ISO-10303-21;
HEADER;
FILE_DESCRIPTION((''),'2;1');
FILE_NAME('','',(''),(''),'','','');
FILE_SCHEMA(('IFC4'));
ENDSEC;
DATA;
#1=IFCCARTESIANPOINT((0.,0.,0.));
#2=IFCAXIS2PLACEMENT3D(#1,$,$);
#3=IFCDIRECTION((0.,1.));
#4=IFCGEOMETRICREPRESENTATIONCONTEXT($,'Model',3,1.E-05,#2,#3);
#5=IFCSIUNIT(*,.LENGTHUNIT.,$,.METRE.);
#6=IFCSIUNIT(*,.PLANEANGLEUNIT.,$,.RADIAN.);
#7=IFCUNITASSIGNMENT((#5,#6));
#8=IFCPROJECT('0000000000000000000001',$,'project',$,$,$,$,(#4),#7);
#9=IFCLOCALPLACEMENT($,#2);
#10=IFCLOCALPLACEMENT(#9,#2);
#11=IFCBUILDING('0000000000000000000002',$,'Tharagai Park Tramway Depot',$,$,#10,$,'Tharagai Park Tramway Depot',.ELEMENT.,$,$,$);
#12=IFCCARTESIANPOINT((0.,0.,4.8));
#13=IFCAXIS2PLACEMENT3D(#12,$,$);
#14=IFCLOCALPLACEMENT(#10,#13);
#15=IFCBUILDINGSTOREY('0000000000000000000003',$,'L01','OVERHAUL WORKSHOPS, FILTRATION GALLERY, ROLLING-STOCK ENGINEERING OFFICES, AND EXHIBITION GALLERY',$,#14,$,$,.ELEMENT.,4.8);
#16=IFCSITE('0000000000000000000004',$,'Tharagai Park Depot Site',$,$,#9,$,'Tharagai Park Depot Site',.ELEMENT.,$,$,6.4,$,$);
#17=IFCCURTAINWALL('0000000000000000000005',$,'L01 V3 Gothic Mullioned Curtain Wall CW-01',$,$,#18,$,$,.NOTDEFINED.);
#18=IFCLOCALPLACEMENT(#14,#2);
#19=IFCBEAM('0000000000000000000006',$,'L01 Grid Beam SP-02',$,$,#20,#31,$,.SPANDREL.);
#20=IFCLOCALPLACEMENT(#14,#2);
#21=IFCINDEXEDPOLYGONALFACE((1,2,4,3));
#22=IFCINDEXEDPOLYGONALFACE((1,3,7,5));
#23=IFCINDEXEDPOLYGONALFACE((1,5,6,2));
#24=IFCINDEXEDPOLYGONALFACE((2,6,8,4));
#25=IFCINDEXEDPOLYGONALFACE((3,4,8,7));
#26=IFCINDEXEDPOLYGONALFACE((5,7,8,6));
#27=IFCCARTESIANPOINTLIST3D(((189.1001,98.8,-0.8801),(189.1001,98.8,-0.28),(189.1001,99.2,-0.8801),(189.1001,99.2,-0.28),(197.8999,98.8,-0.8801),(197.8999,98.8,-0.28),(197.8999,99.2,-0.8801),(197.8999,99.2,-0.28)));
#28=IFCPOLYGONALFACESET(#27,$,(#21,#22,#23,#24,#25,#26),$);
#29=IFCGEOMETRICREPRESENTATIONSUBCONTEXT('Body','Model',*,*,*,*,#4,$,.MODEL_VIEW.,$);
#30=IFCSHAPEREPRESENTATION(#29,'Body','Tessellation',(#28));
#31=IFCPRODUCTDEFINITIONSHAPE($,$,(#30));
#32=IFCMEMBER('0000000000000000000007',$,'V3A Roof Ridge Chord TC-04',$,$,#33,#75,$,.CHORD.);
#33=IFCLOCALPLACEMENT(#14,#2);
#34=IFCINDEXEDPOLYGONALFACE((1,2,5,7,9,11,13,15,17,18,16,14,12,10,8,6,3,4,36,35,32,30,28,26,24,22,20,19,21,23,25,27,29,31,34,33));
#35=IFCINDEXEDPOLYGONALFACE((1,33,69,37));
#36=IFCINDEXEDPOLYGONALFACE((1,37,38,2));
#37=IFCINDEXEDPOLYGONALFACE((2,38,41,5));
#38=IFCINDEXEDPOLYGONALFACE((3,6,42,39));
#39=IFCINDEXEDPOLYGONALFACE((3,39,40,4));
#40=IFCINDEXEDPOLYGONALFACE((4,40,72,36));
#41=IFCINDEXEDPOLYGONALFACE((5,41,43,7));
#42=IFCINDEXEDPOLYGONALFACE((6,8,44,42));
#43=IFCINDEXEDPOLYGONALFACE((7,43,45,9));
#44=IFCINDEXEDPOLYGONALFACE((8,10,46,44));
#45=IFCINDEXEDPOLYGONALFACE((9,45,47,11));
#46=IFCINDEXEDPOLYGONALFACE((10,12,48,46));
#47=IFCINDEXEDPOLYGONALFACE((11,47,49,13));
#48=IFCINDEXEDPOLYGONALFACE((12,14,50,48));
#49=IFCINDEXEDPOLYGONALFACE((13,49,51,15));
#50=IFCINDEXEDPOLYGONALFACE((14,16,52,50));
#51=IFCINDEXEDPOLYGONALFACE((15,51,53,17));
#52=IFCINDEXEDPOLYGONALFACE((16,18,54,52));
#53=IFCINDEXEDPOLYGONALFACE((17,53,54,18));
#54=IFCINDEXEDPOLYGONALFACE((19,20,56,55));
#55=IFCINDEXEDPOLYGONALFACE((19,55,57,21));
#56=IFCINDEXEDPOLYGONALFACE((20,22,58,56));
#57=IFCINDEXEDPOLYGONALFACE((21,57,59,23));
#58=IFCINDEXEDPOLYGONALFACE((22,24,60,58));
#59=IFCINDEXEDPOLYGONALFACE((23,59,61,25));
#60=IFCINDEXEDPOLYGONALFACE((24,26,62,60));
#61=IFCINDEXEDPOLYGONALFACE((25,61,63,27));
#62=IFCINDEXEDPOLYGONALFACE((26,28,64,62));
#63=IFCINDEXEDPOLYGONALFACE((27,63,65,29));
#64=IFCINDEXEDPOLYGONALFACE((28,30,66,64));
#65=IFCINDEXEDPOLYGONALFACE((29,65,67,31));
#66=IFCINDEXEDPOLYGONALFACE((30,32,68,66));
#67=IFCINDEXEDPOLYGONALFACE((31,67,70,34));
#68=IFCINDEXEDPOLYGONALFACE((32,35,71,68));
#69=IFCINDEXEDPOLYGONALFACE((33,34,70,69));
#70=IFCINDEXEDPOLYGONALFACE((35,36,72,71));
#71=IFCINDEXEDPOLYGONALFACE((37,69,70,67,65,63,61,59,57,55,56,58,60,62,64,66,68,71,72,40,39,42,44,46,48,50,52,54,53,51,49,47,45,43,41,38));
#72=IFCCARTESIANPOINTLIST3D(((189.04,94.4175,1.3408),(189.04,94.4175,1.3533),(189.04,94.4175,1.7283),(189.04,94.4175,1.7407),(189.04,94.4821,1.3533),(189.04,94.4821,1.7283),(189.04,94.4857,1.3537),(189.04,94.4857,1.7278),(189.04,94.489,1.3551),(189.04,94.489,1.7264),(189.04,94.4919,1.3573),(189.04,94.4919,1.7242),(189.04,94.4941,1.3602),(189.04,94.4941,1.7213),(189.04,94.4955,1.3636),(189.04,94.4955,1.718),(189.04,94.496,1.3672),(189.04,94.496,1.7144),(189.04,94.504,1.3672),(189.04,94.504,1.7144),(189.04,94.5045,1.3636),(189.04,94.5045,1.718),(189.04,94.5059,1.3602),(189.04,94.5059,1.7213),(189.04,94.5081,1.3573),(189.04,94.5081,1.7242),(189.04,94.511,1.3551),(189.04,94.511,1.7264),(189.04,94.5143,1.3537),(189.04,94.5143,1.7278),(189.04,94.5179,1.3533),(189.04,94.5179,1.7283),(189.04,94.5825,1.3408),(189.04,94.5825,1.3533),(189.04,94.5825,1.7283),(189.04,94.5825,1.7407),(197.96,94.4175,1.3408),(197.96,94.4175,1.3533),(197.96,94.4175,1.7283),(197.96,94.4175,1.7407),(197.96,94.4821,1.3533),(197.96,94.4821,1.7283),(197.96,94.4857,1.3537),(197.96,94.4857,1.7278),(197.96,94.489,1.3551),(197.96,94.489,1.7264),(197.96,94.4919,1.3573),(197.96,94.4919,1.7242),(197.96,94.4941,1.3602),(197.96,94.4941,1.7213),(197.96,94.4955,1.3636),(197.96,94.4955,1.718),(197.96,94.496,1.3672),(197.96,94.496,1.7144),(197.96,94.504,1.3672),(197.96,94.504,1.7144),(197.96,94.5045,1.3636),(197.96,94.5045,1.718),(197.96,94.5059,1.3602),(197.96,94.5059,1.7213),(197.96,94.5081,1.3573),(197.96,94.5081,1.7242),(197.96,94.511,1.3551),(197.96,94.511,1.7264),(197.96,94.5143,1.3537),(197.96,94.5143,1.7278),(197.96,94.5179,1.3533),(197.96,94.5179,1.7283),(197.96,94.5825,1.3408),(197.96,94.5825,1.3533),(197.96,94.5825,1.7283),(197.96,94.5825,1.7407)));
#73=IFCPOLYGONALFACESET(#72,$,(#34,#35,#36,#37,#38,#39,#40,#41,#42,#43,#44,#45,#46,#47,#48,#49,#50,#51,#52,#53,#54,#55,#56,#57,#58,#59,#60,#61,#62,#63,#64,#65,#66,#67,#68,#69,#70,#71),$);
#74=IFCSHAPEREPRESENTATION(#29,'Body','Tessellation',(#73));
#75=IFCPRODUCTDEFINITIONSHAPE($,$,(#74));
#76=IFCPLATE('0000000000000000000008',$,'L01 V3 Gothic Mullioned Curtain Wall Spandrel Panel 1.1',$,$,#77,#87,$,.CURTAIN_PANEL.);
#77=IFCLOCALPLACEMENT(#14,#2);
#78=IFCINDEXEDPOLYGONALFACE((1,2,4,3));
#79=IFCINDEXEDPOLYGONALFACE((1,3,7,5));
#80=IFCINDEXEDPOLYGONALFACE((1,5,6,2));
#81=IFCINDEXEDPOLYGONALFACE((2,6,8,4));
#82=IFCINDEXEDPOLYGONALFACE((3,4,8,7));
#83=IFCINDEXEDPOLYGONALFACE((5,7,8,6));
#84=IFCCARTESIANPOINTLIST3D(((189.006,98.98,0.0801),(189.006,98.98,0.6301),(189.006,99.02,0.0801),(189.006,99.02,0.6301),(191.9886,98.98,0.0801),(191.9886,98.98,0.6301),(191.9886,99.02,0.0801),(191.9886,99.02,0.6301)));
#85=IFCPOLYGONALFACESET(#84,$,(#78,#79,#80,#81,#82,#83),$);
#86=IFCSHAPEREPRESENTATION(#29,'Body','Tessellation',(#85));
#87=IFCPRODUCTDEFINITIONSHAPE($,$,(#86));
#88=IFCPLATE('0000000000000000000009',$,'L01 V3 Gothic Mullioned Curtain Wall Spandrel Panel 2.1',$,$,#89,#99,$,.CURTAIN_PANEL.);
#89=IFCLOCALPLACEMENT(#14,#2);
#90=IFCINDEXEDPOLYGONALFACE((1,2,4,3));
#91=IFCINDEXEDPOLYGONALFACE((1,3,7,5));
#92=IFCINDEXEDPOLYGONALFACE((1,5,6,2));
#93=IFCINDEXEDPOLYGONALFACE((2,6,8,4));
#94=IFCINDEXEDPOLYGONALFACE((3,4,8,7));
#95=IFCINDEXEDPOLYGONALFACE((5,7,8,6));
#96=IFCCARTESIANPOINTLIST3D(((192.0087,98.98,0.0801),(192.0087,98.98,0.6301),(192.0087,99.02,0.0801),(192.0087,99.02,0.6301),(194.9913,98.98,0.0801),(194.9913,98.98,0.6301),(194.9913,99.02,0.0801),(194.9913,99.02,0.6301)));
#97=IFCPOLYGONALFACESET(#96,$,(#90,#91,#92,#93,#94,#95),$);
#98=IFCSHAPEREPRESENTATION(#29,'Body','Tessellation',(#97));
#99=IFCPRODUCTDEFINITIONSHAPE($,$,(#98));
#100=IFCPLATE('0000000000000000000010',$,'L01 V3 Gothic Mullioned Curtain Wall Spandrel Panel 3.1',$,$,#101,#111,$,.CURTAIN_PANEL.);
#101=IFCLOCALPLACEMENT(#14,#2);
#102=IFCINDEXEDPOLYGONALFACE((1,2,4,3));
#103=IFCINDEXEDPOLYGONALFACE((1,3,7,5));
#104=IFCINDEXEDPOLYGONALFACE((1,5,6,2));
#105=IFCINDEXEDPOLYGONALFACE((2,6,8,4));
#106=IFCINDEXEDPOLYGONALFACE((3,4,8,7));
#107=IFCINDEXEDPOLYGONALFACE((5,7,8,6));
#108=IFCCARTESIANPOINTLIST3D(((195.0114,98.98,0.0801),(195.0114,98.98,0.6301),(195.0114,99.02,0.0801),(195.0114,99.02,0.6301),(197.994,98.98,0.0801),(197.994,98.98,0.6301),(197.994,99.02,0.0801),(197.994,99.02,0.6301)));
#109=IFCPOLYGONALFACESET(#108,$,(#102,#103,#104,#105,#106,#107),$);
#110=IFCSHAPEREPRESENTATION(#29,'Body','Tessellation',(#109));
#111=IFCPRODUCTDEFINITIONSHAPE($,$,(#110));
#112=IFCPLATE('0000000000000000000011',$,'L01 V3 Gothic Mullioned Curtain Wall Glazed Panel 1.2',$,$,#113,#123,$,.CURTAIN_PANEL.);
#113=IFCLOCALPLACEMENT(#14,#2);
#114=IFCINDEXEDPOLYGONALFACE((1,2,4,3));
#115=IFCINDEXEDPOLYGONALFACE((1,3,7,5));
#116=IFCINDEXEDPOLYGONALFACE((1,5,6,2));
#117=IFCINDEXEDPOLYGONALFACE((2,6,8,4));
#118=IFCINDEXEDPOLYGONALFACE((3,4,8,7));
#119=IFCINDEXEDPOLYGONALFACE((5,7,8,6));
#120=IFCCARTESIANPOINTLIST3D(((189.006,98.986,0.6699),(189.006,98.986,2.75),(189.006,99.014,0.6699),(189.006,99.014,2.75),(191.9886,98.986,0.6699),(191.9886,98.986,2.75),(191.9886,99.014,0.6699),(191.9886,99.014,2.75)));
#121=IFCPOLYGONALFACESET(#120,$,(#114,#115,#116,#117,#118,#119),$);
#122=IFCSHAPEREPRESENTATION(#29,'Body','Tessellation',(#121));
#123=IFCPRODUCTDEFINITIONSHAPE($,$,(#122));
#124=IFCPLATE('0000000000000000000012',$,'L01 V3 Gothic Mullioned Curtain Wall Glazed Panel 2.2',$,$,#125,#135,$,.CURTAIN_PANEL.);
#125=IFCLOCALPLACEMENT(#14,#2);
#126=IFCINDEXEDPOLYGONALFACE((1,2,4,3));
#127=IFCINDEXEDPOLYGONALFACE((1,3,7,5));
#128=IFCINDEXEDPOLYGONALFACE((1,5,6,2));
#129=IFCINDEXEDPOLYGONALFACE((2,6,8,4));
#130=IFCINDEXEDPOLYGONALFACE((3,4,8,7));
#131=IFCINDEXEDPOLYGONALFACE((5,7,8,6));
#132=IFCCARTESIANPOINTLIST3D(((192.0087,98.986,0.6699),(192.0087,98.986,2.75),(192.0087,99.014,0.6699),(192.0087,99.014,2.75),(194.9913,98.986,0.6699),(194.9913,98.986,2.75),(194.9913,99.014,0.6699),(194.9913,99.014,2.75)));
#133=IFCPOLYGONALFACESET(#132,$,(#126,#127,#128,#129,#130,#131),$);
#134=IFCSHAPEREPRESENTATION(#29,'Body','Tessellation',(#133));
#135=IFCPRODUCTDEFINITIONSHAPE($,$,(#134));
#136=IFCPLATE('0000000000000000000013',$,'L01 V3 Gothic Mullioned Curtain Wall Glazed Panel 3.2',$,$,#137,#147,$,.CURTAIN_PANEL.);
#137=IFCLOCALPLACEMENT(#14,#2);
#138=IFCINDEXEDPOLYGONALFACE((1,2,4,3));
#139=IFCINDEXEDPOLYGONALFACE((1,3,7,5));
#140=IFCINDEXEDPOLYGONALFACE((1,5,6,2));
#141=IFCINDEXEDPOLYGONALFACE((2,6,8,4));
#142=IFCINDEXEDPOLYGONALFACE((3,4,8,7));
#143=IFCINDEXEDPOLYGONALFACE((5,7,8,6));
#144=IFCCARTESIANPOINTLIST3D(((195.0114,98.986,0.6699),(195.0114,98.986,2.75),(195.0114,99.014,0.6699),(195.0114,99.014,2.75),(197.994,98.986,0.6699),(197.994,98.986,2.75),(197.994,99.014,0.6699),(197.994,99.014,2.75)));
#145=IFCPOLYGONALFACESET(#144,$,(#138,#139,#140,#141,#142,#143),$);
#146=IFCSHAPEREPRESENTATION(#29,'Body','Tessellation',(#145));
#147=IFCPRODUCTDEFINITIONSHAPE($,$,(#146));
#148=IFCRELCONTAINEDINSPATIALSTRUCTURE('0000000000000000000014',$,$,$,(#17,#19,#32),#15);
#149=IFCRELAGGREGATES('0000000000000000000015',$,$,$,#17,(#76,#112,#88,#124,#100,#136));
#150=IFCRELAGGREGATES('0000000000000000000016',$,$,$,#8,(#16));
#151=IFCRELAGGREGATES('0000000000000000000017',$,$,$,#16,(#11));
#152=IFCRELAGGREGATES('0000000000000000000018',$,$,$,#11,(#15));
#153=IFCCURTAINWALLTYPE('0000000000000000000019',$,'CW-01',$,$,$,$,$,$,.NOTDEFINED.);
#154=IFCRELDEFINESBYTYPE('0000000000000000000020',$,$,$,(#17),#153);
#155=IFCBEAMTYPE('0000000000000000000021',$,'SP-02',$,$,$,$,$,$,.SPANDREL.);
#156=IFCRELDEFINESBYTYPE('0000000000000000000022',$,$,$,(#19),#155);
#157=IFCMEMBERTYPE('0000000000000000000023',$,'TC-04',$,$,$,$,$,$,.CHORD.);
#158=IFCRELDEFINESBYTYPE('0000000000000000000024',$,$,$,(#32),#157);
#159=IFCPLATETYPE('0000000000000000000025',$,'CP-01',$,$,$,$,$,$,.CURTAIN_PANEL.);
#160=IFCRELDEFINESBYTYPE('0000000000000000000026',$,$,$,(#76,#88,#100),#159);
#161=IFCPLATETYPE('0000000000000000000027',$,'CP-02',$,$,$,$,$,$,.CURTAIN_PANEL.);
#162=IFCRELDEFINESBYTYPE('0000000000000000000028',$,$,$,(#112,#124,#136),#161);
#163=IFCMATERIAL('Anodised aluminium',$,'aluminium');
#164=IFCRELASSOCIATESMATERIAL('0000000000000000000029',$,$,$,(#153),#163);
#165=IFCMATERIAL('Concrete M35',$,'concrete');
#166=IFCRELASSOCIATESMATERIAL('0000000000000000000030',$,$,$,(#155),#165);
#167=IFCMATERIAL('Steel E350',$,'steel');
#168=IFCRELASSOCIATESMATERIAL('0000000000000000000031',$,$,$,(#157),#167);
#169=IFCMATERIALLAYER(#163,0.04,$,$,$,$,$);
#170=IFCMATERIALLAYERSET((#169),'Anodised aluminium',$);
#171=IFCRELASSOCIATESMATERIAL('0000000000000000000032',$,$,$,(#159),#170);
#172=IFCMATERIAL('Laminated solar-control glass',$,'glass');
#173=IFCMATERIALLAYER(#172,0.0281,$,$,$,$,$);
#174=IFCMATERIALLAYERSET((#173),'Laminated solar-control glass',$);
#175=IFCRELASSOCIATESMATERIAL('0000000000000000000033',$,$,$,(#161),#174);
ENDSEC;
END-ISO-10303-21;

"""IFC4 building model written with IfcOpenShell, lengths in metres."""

from ifc_helpers import new_model, si_unit, direction, frame, origin, origin_2d, place, context, subcontext, project, spatial, rectangle, i_section, extrude, material, layer, layer_set, material_profile, profile_set, type_object, element, aggregate, save


model = new_model("IFC4")

# Units and contexts
model_context = context("Model", 3, precision=1e-05, world=origin(), true_north=direction((0.0, 1.0)))
body_context = subcontext(model_context, "Body", "Model", "MODEL_VIEW")
ifc_project = project(units=[si_unit("LENGTHUNIT", "METRE"), si_unit("PLANEANGLEUNIT", "RADIAN")], contexts=[model_context])

# Site, building, storey
site_placement = place(None, origin())
site = spatial("IfcSite", under=ifc_project, at=site_placement, Name="Tharagai Park Depot Site", LongName="Tharagai Park Depot Site", CompositionType="ELEMENT", RefElevation=6.4)
building_placement = place(site_placement, origin())
building = spatial("IfcBuilding", under=site, at=building_placement, Name="Tharagai Park Tramway Depot", LongName="Tharagai Park Tramway Depot", CompositionType="ELEMENT")
storey_placement = place(building_placement, frame((0.0, 0.0, 4.8)))
storey = spatial("IfcBuildingStorey", under=building, at=storey_placement, Name="L01", Description="OVERHAUL WORKSHOPS, FILTRATION GALLERY, ROLLING-STOCK ENGINEERING OFFICES, AND EXHIBITION GALLERY", CompositionType="ELEMENT", Elevation=4.8)

# Curtain wall
ifc_material_1 = material(Name="Anodised aluminium", Category="aluminium")
curtain_wall_type = type_object("IfcCurtainWallType", Name="CW-01", PredefinedType="NOTDEFINED", material=ifc_material_1)
curtain_wall_placement = place(storey_placement, origin())
curtain_wall = element("IfcCurtainWall", 1, at=curtain_wall_placement, inside=storey, type_object=curtain_wall_type, Name="L01 V3 Gothic Mullioned Curtain Wall CW-01", PredefinedType="NOTDEFINED")

# Beam
ifc_material_2 = material(Name="Concrete M35", Category="concrete")
ifc_material_profile_1 = material_profile(ifc_material_2, rectangle(XDim=0.3999, YDim=0.6001, at=origin_2d()), Name="RC 400x600")
ifc_profile_set_1 = profile_set([ifc_material_profile_1], Name="Concrete M35")
beam_type = type_object("IfcBeamType", Name="SP-02", PredefinedType="SPANDREL", material=ifc_profile_set_1)
beam_placement = place(storey_placement, frame((189.1001, 99.0, -0.5801), z_axis=(1.0, 0.0, 0.0), x_axis=(0.0, 1.0, 0.0)))
element("IfcBeam", 2, at=beam_placement, inside=storey, type_object=beam_type, Name="L01 Grid Beam SP-02", PredefinedType="SPANDREL", context=body_context, shape_type="SweptSolid", body=[
    extrude(rectangle(XDim=0.3999, YDim=0.6001, at=origin_2d()), origin(), (0.0, 0.0, 1.0), 8.7998),
])

# Member
ifc_material_3 = material(Name="Steel E350", Category="steel")
ifc_material_profile_2 = material_profile(ifc_material_3, i_section(OverallWidth=0.165, OverallDepth=0.3999, WebThickness=0.0081, FlangeThickness=0.0125, FilletRadius=0.0139, at=origin_2d()), Name="ISLB 400")
ifc_profile_set_2 = profile_set([ifc_material_profile_2], Name="Steel E350")
member_type_1 = type_object("IfcMemberType", Name="TC-04", PredefinedType="CHORD", material=ifc_profile_set_2)
member_1_placement = place(storey_placement, frame((189.04, 94.5, 1.5408), z_axis=(1.0, 0.0, 0.0), x_axis=(0.0, 1.0, 0.0)))
element("IfcMember", 3, at=member_1_placement, inside=storey, type_object=member_type_1, Name="V3A Roof Ridge Chord TC-04", PredefinedType="CHORD", context=body_context, shape_type="SweptSolid", body=[
    extrude(i_section(OverallWidth=0.165, OverallDepth=0.3999, WebThickness=0.0081, FlangeThickness=0.0125, FilletRadius=0.0139, at=origin_2d()), origin(), (0.0, 0.0, 1.0), 8.9199),
])

# Plates
ifc_layer_1 = layer(ifc_material_1, 0.04)
ifc_layer_set_1 = layer_set([ifc_layer_1], Name="Anodised aluminium")
plate_type_1 = type_object("IfcPlateType", Name="CP-01", PredefinedType="CURTAIN_PANEL", material=ifc_layer_set_1)
plate_1_placement = place(storey_placement, frame((190.4973, 99.0, 0.0801), z_axis=(0.0, 0.0, 1.0), x_axis=(1.0, 0.0, 0.0)))
plate_1 = element("IfcPlate", 4, at=plate_1_placement, type_object=plate_type_1, Name="L01 V3 Gothic Mullioned Curtain Wall Spandrel Panel 1.1", PredefinedType="CURTAIN_PANEL", context=body_context, shape_type="SweptSolid", body=[
    extrude(rectangle(XDim=2.9827, YDim=0.04, at=origin_2d()), origin(), (0.0, 0.0, 1.0), 0.55),
])
plate_2_placement = place(storey_placement, frame((193.5, 99.0, 0.0801), z_axis=(0.0, 0.0, 1.0), x_axis=(1.0, 0.0, 0.0)))
plate_2 = element("IfcPlate", 5, at=plate_2_placement, type_object=plate_type_1, Name="L01 V3 Gothic Mullioned Curtain Wall Spandrel Panel 2.1", PredefinedType="CURTAIN_PANEL", context=body_context, shape_type="SweptSolid", body=[
    extrude(rectangle(XDim=2.9827, YDim=0.04, at=origin_2d()), origin(), (0.0, 0.0, 1.0), 0.55),
])
plate_3_placement = place(storey_placement, frame((196.5027, 99.0, 0.0801), z_axis=(0.0, 0.0, 1.0), x_axis=(1.0, 0.0, 0.0)))
plate_3 = element("IfcPlate", 6, at=plate_3_placement, type_object=plate_type_1, Name="L01 V3 Gothic Mullioned Curtain Wall Spandrel Panel 3.1", PredefinedType="CURTAIN_PANEL", context=body_context, shape_type="SweptSolid", body=[
    extrude(rectangle(XDim=2.9827, YDim=0.04, at=origin_2d()), origin(), (0.0, 0.0, 1.0), 0.55),
])
ifc_material_4 = material(Name="Laminated solar-control glass", Category="glass")
ifc_layer_2 = layer(ifc_material_4, 0.0281)
ifc_layer_set_2 = layer_set([ifc_layer_2], Name="Laminated solar-control glass")
plate_type_2 = type_object("IfcPlateType", Name="CP-02", PredefinedType="CURTAIN_PANEL", material=ifc_layer_set_2)
plate_4_placement = place(storey_placement, frame((190.4973, 99.0, 0.6699), z_axis=(0.0, 0.0, 1.0), x_axis=(1.0, 0.0, 0.0)))
plate_4 = element("IfcPlate", 7, at=plate_4_placement, type_object=plate_type_2, Name="L01 V3 Gothic Mullioned Curtain Wall Glazed Panel 1.2", PredefinedType="CURTAIN_PANEL", context=body_context, shape_type="SweptSolid", body=[
    extrude(rectangle(XDim=2.9827, YDim=0.0281, at=origin_2d()), origin(), (0.0, 0.0, 1.0), 2.0801),
])
plate_5_placement = place(storey_placement, frame((193.5, 99.0, 0.6699), z_axis=(0.0, 0.0, 1.0), x_axis=(1.0, 0.0, 0.0)))
plate_5 = element("IfcPlate", 8, at=plate_5_placement, type_object=plate_type_2, Name="L01 V3 Gothic Mullioned Curtain Wall Glazed Panel 2.2", PredefinedType="CURTAIN_PANEL", context=body_context, shape_type="SweptSolid", body=[
    extrude(rectangle(XDim=2.9827, YDim=0.0281, at=origin_2d()), origin(), (0.0, 0.0, 1.0), 2.0801),
])
plate_6_placement = place(storey_placement, frame((196.5027, 99.0, 0.6699), z_axis=(0.0, 0.0, 1.0), x_axis=(1.0, 0.0, 0.0)))
plate_6 = element("IfcPlate", 9, at=plate_6_placement, type_object=plate_type_2, Name="L01 V3 Gothic Mullioned Curtain Wall Glazed Panel 3.2", PredefinedType="CURTAIN_PANEL", context=body_context, shape_type="SweptSolid", body=[
    extrude(rectangle(XDim=2.9827, YDim=0.0281, at=origin_2d()), origin(), (0.0, 0.0, 1.0), 2.0801),
])
aggregate(curtain_wall, [plate_1, plate_4, plate_2, plate_5, plate_3, plate_6])

save(model, "model.ifc")
